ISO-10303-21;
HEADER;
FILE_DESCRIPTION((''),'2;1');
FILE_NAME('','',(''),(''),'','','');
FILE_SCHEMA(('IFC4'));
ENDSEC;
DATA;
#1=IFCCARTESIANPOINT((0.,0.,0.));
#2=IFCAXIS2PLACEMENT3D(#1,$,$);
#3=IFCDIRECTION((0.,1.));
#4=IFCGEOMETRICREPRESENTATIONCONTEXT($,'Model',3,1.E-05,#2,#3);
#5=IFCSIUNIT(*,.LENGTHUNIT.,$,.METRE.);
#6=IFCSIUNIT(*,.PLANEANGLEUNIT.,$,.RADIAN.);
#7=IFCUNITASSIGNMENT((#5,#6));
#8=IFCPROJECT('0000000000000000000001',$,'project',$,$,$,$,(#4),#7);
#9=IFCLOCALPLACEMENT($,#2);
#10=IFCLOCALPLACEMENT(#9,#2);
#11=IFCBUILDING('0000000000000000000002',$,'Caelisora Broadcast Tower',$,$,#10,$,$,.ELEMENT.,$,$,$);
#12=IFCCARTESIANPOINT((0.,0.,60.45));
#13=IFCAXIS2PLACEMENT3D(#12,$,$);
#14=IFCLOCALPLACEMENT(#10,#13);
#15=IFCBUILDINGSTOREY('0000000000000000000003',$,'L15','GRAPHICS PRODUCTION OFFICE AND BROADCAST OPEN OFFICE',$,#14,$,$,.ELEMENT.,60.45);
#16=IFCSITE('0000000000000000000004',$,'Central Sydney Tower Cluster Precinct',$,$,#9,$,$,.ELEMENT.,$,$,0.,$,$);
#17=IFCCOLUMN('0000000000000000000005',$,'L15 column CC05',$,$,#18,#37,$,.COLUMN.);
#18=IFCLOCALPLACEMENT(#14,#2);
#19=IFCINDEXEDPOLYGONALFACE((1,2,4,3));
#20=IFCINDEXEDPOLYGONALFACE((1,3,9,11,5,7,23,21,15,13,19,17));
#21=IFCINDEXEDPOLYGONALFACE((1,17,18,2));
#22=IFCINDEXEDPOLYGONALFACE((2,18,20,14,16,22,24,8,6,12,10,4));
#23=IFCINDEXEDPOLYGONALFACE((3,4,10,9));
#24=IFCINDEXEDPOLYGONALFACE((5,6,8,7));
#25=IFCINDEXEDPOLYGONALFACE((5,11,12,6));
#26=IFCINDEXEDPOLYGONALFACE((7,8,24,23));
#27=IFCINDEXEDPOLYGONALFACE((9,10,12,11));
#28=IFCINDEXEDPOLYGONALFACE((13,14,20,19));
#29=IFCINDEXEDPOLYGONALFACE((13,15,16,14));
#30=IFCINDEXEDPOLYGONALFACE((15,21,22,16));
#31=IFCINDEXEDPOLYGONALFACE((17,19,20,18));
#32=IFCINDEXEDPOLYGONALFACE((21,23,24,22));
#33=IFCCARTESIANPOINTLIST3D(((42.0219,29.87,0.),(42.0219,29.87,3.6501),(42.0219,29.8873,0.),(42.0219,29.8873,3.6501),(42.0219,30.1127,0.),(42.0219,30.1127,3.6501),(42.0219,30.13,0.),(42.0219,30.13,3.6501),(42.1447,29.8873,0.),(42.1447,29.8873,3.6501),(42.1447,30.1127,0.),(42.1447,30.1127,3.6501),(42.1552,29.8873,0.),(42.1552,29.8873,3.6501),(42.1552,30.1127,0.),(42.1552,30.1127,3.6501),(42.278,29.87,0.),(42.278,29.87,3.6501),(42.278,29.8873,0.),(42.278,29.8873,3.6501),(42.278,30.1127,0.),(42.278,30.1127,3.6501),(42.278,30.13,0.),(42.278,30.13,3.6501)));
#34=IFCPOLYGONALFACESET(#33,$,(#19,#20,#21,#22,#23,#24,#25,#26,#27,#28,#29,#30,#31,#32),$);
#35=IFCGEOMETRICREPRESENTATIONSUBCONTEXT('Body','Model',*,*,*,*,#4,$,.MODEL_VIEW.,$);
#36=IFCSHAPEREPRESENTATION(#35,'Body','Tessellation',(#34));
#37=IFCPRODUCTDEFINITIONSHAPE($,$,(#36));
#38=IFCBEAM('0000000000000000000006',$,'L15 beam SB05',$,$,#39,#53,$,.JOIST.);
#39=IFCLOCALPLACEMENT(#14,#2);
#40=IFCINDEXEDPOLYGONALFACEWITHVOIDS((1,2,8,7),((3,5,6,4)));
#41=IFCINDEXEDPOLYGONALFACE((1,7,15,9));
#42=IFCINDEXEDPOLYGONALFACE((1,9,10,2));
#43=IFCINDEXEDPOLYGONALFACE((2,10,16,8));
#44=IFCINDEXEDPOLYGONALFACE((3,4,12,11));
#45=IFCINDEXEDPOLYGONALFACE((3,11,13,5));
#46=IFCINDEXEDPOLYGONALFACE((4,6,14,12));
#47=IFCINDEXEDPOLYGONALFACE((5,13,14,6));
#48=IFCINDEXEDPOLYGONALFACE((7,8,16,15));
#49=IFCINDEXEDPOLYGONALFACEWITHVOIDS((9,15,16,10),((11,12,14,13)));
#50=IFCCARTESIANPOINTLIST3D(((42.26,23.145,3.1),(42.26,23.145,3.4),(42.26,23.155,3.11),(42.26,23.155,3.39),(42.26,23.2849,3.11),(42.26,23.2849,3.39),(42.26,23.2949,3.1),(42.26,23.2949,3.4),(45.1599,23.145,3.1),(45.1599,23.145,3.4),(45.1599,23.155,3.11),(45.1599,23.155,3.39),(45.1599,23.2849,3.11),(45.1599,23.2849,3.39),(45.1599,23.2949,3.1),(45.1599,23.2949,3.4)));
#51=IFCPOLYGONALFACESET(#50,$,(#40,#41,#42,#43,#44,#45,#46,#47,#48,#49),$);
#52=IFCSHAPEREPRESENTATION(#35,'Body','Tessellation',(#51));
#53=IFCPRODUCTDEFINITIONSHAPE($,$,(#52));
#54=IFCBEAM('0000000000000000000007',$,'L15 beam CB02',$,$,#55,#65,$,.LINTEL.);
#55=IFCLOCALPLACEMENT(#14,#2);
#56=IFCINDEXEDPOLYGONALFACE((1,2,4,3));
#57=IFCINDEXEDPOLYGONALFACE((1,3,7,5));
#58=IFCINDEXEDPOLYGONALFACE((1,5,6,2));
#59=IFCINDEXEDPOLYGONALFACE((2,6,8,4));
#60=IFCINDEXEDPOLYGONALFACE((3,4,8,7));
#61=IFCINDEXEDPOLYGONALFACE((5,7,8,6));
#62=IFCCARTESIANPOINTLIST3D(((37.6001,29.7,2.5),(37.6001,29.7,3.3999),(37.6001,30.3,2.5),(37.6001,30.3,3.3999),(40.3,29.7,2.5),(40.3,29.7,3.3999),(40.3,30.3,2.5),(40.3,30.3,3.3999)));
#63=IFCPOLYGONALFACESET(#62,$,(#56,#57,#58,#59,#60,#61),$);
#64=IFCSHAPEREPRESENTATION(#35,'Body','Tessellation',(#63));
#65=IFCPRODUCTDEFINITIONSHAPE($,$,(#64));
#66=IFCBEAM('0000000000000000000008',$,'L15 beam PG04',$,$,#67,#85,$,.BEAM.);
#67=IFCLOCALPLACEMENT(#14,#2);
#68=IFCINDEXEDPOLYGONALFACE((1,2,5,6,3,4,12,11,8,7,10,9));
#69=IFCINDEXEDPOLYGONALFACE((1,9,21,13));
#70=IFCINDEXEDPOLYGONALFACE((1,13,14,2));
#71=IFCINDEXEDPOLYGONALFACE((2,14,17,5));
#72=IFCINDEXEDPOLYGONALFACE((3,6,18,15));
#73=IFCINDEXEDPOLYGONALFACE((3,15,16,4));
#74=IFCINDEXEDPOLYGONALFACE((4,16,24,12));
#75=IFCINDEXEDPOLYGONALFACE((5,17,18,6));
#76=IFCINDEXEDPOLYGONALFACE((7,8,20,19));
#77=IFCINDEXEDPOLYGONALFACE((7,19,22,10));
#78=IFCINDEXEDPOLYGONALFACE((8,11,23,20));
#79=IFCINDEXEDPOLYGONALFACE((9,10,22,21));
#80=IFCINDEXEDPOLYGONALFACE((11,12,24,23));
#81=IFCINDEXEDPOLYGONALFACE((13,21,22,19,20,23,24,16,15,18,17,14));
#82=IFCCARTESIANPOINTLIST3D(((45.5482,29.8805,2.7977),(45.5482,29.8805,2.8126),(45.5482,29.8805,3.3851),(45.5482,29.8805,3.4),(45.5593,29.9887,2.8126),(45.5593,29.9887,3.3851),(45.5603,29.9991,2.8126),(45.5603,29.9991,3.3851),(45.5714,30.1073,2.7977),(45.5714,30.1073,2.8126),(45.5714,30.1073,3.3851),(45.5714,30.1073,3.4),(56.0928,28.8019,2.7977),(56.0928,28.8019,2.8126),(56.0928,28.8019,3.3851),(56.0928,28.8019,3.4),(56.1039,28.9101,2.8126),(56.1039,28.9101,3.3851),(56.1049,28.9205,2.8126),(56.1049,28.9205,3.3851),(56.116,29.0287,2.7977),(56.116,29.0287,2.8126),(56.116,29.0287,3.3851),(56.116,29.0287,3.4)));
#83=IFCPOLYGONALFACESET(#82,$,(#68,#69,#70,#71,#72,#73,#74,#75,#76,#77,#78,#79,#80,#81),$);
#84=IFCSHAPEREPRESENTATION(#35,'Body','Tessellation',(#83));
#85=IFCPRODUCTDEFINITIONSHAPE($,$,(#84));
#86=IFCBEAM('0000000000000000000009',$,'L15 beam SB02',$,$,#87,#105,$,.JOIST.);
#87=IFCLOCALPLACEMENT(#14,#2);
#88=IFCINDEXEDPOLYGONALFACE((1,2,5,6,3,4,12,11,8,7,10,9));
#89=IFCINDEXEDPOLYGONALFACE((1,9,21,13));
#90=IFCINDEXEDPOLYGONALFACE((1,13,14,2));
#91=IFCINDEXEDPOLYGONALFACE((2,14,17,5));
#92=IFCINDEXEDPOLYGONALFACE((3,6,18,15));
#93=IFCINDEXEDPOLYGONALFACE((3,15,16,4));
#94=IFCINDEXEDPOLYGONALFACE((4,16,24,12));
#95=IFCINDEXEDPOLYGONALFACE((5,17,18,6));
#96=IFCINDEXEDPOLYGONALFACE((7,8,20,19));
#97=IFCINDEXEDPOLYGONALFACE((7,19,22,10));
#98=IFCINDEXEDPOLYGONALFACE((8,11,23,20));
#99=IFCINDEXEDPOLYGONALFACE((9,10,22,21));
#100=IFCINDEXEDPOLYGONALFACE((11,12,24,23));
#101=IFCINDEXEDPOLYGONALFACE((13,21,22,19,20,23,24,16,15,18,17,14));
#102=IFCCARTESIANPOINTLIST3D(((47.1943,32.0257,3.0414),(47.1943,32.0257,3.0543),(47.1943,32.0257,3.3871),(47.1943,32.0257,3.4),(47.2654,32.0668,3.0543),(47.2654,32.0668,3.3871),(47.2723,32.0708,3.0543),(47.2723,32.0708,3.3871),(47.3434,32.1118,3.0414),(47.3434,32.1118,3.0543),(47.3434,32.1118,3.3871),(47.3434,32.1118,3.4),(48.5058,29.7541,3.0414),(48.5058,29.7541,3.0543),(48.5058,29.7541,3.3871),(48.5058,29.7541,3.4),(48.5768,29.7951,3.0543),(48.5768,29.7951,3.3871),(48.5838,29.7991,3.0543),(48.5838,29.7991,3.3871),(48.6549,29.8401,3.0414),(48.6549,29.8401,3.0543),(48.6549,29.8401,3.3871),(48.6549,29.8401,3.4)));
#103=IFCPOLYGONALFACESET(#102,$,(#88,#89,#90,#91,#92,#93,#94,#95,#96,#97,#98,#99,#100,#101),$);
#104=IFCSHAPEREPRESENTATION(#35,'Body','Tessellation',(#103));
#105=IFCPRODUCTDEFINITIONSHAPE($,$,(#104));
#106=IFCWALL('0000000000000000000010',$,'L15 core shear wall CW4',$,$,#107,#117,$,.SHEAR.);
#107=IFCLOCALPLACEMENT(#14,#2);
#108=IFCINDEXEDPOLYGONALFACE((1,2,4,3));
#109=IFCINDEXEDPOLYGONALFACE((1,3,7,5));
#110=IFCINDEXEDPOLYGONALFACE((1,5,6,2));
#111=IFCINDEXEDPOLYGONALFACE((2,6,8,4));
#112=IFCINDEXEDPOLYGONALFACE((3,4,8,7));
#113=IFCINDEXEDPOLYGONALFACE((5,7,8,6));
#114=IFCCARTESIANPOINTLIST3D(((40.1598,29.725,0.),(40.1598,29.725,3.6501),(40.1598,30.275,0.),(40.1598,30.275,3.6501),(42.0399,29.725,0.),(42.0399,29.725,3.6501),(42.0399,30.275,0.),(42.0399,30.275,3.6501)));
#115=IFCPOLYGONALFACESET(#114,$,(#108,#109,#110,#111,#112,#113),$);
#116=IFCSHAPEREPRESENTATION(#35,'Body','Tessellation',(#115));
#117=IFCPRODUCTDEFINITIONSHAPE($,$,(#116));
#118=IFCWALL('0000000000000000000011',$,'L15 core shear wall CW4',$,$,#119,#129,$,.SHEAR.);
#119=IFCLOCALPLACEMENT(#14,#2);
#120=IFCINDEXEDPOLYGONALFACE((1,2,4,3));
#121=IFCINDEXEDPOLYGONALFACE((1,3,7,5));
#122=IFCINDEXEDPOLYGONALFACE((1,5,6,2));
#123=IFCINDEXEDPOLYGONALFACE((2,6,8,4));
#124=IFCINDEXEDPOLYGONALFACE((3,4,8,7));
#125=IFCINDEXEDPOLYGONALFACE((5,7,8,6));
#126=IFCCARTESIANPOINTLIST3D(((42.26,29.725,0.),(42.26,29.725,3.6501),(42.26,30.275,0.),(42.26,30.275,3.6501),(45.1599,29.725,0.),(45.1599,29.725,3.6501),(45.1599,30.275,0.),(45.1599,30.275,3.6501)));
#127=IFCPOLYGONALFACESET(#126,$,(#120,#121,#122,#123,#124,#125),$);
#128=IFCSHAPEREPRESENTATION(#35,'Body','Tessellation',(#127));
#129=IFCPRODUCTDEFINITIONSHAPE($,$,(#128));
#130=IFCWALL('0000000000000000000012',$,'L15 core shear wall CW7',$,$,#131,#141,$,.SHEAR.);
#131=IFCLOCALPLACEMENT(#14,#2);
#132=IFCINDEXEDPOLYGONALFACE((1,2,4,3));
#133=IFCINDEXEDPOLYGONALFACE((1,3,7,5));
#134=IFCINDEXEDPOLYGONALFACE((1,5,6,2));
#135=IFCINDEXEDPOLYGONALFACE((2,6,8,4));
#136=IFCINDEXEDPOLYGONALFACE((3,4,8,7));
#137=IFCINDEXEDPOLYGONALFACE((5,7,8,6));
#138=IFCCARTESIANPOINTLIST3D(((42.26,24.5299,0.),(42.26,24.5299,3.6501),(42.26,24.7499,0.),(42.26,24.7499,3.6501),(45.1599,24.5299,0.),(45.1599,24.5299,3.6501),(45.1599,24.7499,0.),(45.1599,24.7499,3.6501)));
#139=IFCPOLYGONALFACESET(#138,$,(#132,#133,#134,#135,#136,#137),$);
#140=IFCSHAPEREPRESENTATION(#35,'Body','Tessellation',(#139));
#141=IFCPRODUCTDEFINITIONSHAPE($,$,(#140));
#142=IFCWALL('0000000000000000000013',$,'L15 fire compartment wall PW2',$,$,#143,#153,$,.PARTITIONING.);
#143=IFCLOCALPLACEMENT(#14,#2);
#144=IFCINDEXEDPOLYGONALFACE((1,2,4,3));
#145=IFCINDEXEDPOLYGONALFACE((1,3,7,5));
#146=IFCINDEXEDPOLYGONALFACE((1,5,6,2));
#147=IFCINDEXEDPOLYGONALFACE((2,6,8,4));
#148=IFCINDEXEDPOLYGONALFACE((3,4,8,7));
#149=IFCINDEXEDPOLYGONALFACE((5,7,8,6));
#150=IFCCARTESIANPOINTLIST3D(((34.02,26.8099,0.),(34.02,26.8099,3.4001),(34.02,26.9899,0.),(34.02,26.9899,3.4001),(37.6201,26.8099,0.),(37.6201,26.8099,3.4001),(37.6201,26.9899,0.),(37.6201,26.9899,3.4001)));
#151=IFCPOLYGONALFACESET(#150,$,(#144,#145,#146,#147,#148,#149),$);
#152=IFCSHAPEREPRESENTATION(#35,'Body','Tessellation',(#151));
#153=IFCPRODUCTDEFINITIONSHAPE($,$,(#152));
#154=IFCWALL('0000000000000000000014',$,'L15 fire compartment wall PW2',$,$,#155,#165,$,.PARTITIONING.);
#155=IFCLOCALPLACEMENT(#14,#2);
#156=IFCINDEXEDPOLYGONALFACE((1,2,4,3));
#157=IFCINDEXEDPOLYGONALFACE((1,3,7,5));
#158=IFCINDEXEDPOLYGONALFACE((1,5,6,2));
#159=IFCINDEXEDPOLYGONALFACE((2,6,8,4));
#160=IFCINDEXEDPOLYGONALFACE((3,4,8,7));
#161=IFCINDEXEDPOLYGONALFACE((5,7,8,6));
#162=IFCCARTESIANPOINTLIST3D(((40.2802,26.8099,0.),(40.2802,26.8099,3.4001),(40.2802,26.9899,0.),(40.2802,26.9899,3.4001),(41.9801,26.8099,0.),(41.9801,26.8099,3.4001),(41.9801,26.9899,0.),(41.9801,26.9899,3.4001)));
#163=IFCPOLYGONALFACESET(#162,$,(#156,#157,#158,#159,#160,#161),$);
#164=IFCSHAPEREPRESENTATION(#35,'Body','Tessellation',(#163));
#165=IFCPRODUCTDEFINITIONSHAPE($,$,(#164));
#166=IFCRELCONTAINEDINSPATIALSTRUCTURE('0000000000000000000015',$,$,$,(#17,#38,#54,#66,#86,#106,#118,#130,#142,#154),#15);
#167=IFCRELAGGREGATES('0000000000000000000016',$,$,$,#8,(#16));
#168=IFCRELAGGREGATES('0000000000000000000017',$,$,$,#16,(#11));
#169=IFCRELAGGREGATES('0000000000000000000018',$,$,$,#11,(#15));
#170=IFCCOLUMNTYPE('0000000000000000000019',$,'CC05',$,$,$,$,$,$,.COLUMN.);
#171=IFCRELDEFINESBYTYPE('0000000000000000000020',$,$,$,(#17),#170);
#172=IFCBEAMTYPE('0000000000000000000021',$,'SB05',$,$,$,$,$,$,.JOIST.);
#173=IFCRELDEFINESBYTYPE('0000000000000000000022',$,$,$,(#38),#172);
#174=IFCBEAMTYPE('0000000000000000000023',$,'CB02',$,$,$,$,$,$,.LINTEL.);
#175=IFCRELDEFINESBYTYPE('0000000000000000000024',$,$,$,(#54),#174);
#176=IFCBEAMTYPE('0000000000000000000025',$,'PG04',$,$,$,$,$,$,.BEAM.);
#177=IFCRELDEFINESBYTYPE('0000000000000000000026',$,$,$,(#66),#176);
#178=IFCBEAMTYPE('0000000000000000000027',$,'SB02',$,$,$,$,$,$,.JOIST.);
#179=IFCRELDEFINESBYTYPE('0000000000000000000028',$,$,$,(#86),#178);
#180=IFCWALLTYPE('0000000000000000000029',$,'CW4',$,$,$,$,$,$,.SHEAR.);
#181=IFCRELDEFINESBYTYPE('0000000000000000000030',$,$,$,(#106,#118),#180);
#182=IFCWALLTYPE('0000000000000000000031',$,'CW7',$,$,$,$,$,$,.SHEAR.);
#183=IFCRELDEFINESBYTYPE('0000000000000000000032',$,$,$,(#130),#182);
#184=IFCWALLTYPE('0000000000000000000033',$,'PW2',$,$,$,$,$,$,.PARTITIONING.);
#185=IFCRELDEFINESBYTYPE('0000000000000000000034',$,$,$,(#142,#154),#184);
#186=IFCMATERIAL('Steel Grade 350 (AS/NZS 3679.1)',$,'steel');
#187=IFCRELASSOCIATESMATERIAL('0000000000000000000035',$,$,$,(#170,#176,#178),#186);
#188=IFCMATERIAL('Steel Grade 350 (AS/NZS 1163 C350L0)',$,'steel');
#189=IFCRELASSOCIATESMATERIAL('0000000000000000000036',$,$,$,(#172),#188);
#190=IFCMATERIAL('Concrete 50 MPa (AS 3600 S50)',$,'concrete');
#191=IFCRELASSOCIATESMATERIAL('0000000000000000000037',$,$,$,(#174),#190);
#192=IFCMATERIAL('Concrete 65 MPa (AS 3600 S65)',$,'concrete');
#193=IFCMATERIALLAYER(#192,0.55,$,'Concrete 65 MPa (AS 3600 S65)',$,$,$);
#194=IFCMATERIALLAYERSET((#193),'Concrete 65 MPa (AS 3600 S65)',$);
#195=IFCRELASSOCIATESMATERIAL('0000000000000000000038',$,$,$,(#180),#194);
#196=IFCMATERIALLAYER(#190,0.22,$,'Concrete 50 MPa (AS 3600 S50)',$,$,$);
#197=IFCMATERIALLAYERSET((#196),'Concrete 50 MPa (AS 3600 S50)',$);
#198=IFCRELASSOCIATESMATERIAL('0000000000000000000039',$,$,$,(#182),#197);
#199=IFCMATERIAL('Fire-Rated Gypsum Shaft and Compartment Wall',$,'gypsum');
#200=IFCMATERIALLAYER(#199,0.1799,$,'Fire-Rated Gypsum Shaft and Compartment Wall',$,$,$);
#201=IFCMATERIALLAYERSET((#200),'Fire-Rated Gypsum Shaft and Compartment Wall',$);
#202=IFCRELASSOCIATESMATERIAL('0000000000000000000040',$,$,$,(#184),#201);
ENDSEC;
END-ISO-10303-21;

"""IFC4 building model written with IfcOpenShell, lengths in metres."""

from ifc_helpers import new_model, si_unit, direction, frame, frame_2d, origin, origin_2d, place, context, subcontext, project, spatial, rectangle, hollow_rectangle, i_section, extrude, source, transform, mapped, material, layer, layer_set, material_profile, profile_set, type_object, type_shapes, element, save


model = new_model("IFC4")

# Units and contexts
model_context = context("Model", 3, precision=1e-05, world=origin(), true_north=direction((0.0, 1.0)))
body_context = subcontext(model_context, "Body", "Model", "MODEL_VIEW")
ifc_project = project(units=[si_unit("LENGTHUNIT", "METRE"), si_unit("PLANEANGLEUNIT", "RADIAN")], contexts=[model_context])

# Site, building, storey
site_placement = place(None, origin())
site = spatial("IfcSite", under=ifc_project, at=site_placement, Name="Central Sydney Tower Cluster Precinct", CompositionType="ELEMENT", RefElevation=0.0)
building_placement = place(site_placement, origin())
building = spatial("IfcBuilding", under=site, at=building_placement, Name="Caelisora Broadcast Tower", CompositionType="ELEMENT")
storey_placement = place(building_placement, frame((0.0, 0.0, 60.45)))
storey = spatial("IfcBuildingStorey", under=building, at=storey_placement, Name="L15", Description="GRAPHICS PRODUCTION OFFICE AND BROADCAST OPEN OFFICE", CompositionType="ELEMENT", Elevation=60.45)

# Column
ifc_material_1 = material(Name="Steel Grade 350 (AS/NZS 3679.1)", Category="steel")
ifc_material_profile_1 = material_profile(ifc_material_1, i_section(OverallWidth=0.2561, OverallDepth=0.26, WebThickness=0.0105, FlangeThickness=0.0173, at=origin_2d()), Name="Steel Grade 350 (AS/NZS 3679.1)")
ifc_profile_set_1 = profile_set([ifc_material_profile_1], Name="Steel Grade 350 (AS/NZS 3679.1)")
column_type = type_object("IfcColumnType", Name="CC05", PredefinedType="COLUMN", material=ifc_profile_set_1)
shared_shape_1 = source(origin(), body_context, "Body", "SweptSolid", [
    extrude(i_section(OverallWidth=0.2561, OverallDepth=0.26, WebThickness=0.0105, FlangeThickness=0.0173, at=origin_2d()), origin(), (0.0, 0.0, 1.0), 3.6501),
])
type_shapes(column_type, [shared_shape_1])
column_placement = place(storey_placement, frame((42.1499, 30.0, 0.0), z_axis=(0.0, 0.0, 1.0), x_axis=(1.0, 0.0, 0.0)))
element("IfcColumn", 1, at=column_placement, inside=storey, type_object=column_type, Name="L15 column CC05", PredefinedType="COLUMN", context=body_context, shape_type="MappedRepresentation", body=[
    mapped(shared_shape_1, transform((0.0, 0.0, 0.0), scale=1.0)),
])

# Beams
ifc_material_2 = material(Name="Steel Grade 350 (AS/NZS 1163 C350L0)", Category="steel")
ifc_material_profile_2 = material_profile(ifc_material_2, hollow_rectangle(XDim=0.1499, YDim=0.3, WallThickness=0.01, at=origin_2d()), Name="Steel Grade 350 (AS/NZS 1163 C350L0)")
ifc_profile_set_2 = profile_set([ifc_material_profile_2], Name="Steel Grade 350 (AS/NZS 1163 C350L0)")
beam_type_1 = type_object("IfcBeamType", Name="SB05", PredefinedType="JOIST", material=ifc_profile_set_2)
shared_shape_2 = source(origin(), body_context, "Body", "SweptSolid", [
    extrude(hollow_rectangle(XDim=0.1499, YDim=0.3, WallThickness=0.01, at=origin_2d()), origin(), (0.0, 0.0, 1.0), 2.8999),
])
type_shapes(beam_type_1, [shared_shape_2])
beam_1_placement = place(storey_placement, frame((42.26, 23.22, 3.25), z_axis=(1.0, 0.0, 0.0), x_axis=(0.0, 1.0, 0.0)))
element("IfcBeam", 2, at=beam_1_placement, inside=storey, type_object=beam_type_1, Name="L15 beam SB05", PredefinedType="JOIST", context=body_context, shape_type="MappedRepresentation", body=[
    mapped(shared_shape_2, transform((0.0, 0.0, 0.0), scale=1.0)),
])
ifc_material_3 = material(Name="Concrete 50 MPa (AS 3600 S50)", Category="concrete")
ifc_material_profile_3 = material_profile(ifc_material_3, rectangle(XDim=0.6001, YDim=0.8999, at=origin_2d()), Name="Concrete 50 MPa (AS 3600 S50)")
ifc_profile_set_3 = profile_set([ifc_material_profile_3], Name="Concrete 50 MPa (AS 3600 S50)")
beam_type_2 = type_object("IfcBeamType", Name="CB02", PredefinedType="LINTEL", material=ifc_profile_set_3)
shared_shape_3 = source(origin(), body_context, "Body", "SweptSolid", [
    extrude(rectangle(XDim=0.6001, YDim=0.8999, at=origin_2d()), origin(), (0.0, 0.0, 1.0), 2.7),
])
type_shapes(beam_type_2, [shared_shape_3])
beam_2_placement = place(storey_placement, frame((37.6001, 30.0, 2.95), z_axis=(1.0, 0.0, 0.0), x_axis=(0.0, 1.0, 0.0)))
element("IfcBeam", 3, at=beam_2_placement, inside=storey, type_object=beam_type_2, Name="L15 beam CB02", PredefinedType="LINTEL", context=body_context, shape_type="MappedRepresentation", body=[
    mapped(shared_shape_3, transform((0.0, 0.0, 0.0), scale=1.0)),
])
ifc_material_profile_4 = material_profile(ifc_material_1, i_section(OverallWidth=0.228, OverallDepth=0.6023, WebThickness=0.0105, FlangeThickness=0.0149, at=origin_2d()), Name="Steel Grade 350 (AS/NZS 3679.1)")
ifc_profile_set_4 = profile_set([ifc_material_profile_4], Name="Steel Grade 350 (AS/NZS 3679.1)")
beam_type_3 = type_object("IfcBeamType", Name="PG04", PredefinedType="BEAM", material=ifc_profile_set_4)
shared_shape_4 = source(origin(), body_context, "Body", "SweptSolid", [
    extrude(i_section(OverallWidth=0.228, OverallDepth=0.6023, WebThickness=0.0105, FlangeThickness=0.0149, at=origin_2d()), origin(), (0.0, 0.0, 1.0), 10.5996),
])
type_shapes(beam_type_3, [shared_shape_4])
beam_3_placement = place(storey_placement, frame((45.5598, 29.9939, 3.0989), z_axis=(0.994809, -0.101759, 0.0), x_axis=(0.101759, 0.994809, 0.0)))
element("IfcBeam", 4, at=beam_3_placement, inside=storey, type_object=beam_type_3, Name="L15 beam PG04", PredefinedType="BEAM", context=body_context, shape_type="MappedRepresentation", body=[
    mapped(shared_shape_4, transform((0.0, 0.0, 0.0), scale=1.0)),
])
ifc_material_profile_5 = material_profile(ifc_material_1, i_section(OverallWidth=0.1721, OverallDepth=0.3586, WebThickness=0.0081, FlangeThickness=0.0129, at=origin_2d()), Name="Steel Grade 350 (AS/NZS 3679.1)")
ifc_profile_set_5 = profile_set([ifc_material_profile_5], Name="Steel Grade 350 (AS/NZS 3679.1)")
beam_type_4 = type_object("IfcBeamType", Name="SB02", PredefinedType="JOIST", material=ifc_profile_set_5)
shared_shape_5 = source(origin(), body_context, "Body", "SweptSolid", [
    extrude(i_section(OverallWidth=0.1721, OverallDepth=0.3586, WebThickness=0.0081, FlangeThickness=0.0129, at=origin_2d()), origin(), (0.0, 0.0, 1.0), 2.623),
])
type_shapes(beam_type_4, [shared_shape_5])
beam_4_placement = place(storey_placement, frame((48.5803, 29.7971, 3.2207), z_axis=(-0.499983, 0.866035, 0.0), x_axis=(-0.866035, -0.499983, 0.0)))
element("IfcBeam", 5, at=beam_4_placement, inside=storey, type_object=beam_type_4, Name="L15 beam SB02", PredefinedType="JOIST", context=body_context, shape_type="MappedRepresentation", body=[
    mapped(shared_shape_5, transform((0.0, 0.0, 0.0), scale=1.0)),
])

# Walls
ifc_material_4 = material(Name="Concrete 65 MPa (AS 3600 S65)", Category="concrete")
ifc_layer_1 = layer(ifc_material_4, 0.55, Name="Concrete 65 MPa (AS 3600 S65)")
ifc_layer_set_1 = layer_set([ifc_layer_1], Name="Concrete 65 MPa (AS 3600 S65)")
wall_type_1 = type_object("IfcWallType", Name="CW4", PredefinedType="SHEAR", material=ifc_layer_set_1)
wall_1_placement = place(storey_placement, frame((40.1599, 30.0, 0.0), z_axis=(0.0, 0.0, 1.0), x_axis=(1.0, 0.0, 0.0)))
element("IfcWall", 6, at=wall_1_placement, inside=storey, type_object=wall_type_1, Name="L15 core shear wall CW4", PredefinedType="SHEAR", context=body_context, shape_type="SweptSolid", body=[
    extrude(rectangle(XDim=1.8801, YDim=0.55, at=frame_2d((0.9399, 0.0))), origin(), (0.0, 0.0, 1.0), 3.6501),
])
wall_2_placement = place(storey_placement, frame((42.26, 30.0, 0.0), z_axis=(0.0, 0.0, 1.0), x_axis=(1.0, 0.0, 0.0)))
element("IfcWall", 7, at=wall_2_placement, inside=storey, type_object=wall_type_1, Name="L15 core shear wall CW4", PredefinedType="SHEAR", context=body_context, shape_type="SweptSolid", body=[
    extrude(rectangle(XDim=2.8999, YDim=0.55, at=frame_2d((1.45, 0.0))), origin(), (0.0, 0.0, 1.0), 3.6501),
])
ifc_layer_2 = layer(ifc_material_3, 0.22, Name="Concrete 50 MPa (AS 3600 S50)")
ifc_layer_set_2 = layer_set([ifc_layer_2], Name="Concrete 50 MPa (AS 3600 S50)")
wall_type_2 = type_object("IfcWallType", Name="CW7", PredefinedType="SHEAR", material=ifc_layer_set_2)
wall_3_placement = place(storey_placement, frame((42.26, 24.6399, 0.0), z_axis=(0.0, 0.0, 1.0), x_axis=(1.0, 0.0, 0.0)))
element("IfcWall", 8, at=wall_3_placement, inside=storey, type_object=wall_type_2, Name="L15 core shear wall CW7", PredefinedType="SHEAR", context=body_context, shape_type="SweptSolid", body=[
    extrude(rectangle(XDim=2.8999, YDim=0.22, at=frame_2d((1.45, 0.0))), origin(), (0.0, 0.0, 1.0), 3.6501),
])
ifc_material_5 = material(Name="Fire-Rated Gypsum Shaft and Compartment Wall", Category="gypsum")
ifc_layer_3 = layer(ifc_material_5, 0.1799, Name="Fire-Rated Gypsum Shaft and Compartment Wall")
ifc_layer_set_3 = layer_set([ifc_layer_3], Name="Fire-Rated Gypsum Shaft and Compartment Wall")
wall_type_3 = type_object("IfcWallType", Name="PW2", PredefinedType="PARTITIONING", material=ifc_layer_set_3)
wall_4_placement = place(storey_placement, frame((34.02, 26.8999, 0.0), z_axis=(0.0, 0.0, 1.0), x_axis=(1.0, 0.0, 0.0)))
element("IfcWall", 9, at=wall_4_placement, inside=storey, type_object=wall_type_3, Name="L15 fire compartment wall PW2", PredefinedType="PARTITIONING", context=body_context, shape_type="SweptSolid", body=[
    extrude(rectangle(XDim=3.6001, YDim=0.1799, at=frame_2d((1.8, 0.0))), origin(), (0.0, 0.0, 1.0), 3.4001),
])
wall_5_placement = place(storey_placement, frame((40.28, 26.8999, 0.0), z_axis=(0.0, 0.0, 1.0), x_axis=(1.0, 0.0, 0.0)))
element("IfcWall", 10, at=wall_5_placement, inside=storey, type_object=wall_type_3, Name="L15 fire compartment wall PW2", PredefinedType="PARTITIONING", context=body_context, shape_type="SweptSolid", body=[
    extrude(rectangle(XDim=1.7, YDim=0.1799, at=frame_2d((0.8501, 0.0))), origin(), (0.0, 0.0, 1.0), 3.4001),
])

save(model, "model.ifc")
